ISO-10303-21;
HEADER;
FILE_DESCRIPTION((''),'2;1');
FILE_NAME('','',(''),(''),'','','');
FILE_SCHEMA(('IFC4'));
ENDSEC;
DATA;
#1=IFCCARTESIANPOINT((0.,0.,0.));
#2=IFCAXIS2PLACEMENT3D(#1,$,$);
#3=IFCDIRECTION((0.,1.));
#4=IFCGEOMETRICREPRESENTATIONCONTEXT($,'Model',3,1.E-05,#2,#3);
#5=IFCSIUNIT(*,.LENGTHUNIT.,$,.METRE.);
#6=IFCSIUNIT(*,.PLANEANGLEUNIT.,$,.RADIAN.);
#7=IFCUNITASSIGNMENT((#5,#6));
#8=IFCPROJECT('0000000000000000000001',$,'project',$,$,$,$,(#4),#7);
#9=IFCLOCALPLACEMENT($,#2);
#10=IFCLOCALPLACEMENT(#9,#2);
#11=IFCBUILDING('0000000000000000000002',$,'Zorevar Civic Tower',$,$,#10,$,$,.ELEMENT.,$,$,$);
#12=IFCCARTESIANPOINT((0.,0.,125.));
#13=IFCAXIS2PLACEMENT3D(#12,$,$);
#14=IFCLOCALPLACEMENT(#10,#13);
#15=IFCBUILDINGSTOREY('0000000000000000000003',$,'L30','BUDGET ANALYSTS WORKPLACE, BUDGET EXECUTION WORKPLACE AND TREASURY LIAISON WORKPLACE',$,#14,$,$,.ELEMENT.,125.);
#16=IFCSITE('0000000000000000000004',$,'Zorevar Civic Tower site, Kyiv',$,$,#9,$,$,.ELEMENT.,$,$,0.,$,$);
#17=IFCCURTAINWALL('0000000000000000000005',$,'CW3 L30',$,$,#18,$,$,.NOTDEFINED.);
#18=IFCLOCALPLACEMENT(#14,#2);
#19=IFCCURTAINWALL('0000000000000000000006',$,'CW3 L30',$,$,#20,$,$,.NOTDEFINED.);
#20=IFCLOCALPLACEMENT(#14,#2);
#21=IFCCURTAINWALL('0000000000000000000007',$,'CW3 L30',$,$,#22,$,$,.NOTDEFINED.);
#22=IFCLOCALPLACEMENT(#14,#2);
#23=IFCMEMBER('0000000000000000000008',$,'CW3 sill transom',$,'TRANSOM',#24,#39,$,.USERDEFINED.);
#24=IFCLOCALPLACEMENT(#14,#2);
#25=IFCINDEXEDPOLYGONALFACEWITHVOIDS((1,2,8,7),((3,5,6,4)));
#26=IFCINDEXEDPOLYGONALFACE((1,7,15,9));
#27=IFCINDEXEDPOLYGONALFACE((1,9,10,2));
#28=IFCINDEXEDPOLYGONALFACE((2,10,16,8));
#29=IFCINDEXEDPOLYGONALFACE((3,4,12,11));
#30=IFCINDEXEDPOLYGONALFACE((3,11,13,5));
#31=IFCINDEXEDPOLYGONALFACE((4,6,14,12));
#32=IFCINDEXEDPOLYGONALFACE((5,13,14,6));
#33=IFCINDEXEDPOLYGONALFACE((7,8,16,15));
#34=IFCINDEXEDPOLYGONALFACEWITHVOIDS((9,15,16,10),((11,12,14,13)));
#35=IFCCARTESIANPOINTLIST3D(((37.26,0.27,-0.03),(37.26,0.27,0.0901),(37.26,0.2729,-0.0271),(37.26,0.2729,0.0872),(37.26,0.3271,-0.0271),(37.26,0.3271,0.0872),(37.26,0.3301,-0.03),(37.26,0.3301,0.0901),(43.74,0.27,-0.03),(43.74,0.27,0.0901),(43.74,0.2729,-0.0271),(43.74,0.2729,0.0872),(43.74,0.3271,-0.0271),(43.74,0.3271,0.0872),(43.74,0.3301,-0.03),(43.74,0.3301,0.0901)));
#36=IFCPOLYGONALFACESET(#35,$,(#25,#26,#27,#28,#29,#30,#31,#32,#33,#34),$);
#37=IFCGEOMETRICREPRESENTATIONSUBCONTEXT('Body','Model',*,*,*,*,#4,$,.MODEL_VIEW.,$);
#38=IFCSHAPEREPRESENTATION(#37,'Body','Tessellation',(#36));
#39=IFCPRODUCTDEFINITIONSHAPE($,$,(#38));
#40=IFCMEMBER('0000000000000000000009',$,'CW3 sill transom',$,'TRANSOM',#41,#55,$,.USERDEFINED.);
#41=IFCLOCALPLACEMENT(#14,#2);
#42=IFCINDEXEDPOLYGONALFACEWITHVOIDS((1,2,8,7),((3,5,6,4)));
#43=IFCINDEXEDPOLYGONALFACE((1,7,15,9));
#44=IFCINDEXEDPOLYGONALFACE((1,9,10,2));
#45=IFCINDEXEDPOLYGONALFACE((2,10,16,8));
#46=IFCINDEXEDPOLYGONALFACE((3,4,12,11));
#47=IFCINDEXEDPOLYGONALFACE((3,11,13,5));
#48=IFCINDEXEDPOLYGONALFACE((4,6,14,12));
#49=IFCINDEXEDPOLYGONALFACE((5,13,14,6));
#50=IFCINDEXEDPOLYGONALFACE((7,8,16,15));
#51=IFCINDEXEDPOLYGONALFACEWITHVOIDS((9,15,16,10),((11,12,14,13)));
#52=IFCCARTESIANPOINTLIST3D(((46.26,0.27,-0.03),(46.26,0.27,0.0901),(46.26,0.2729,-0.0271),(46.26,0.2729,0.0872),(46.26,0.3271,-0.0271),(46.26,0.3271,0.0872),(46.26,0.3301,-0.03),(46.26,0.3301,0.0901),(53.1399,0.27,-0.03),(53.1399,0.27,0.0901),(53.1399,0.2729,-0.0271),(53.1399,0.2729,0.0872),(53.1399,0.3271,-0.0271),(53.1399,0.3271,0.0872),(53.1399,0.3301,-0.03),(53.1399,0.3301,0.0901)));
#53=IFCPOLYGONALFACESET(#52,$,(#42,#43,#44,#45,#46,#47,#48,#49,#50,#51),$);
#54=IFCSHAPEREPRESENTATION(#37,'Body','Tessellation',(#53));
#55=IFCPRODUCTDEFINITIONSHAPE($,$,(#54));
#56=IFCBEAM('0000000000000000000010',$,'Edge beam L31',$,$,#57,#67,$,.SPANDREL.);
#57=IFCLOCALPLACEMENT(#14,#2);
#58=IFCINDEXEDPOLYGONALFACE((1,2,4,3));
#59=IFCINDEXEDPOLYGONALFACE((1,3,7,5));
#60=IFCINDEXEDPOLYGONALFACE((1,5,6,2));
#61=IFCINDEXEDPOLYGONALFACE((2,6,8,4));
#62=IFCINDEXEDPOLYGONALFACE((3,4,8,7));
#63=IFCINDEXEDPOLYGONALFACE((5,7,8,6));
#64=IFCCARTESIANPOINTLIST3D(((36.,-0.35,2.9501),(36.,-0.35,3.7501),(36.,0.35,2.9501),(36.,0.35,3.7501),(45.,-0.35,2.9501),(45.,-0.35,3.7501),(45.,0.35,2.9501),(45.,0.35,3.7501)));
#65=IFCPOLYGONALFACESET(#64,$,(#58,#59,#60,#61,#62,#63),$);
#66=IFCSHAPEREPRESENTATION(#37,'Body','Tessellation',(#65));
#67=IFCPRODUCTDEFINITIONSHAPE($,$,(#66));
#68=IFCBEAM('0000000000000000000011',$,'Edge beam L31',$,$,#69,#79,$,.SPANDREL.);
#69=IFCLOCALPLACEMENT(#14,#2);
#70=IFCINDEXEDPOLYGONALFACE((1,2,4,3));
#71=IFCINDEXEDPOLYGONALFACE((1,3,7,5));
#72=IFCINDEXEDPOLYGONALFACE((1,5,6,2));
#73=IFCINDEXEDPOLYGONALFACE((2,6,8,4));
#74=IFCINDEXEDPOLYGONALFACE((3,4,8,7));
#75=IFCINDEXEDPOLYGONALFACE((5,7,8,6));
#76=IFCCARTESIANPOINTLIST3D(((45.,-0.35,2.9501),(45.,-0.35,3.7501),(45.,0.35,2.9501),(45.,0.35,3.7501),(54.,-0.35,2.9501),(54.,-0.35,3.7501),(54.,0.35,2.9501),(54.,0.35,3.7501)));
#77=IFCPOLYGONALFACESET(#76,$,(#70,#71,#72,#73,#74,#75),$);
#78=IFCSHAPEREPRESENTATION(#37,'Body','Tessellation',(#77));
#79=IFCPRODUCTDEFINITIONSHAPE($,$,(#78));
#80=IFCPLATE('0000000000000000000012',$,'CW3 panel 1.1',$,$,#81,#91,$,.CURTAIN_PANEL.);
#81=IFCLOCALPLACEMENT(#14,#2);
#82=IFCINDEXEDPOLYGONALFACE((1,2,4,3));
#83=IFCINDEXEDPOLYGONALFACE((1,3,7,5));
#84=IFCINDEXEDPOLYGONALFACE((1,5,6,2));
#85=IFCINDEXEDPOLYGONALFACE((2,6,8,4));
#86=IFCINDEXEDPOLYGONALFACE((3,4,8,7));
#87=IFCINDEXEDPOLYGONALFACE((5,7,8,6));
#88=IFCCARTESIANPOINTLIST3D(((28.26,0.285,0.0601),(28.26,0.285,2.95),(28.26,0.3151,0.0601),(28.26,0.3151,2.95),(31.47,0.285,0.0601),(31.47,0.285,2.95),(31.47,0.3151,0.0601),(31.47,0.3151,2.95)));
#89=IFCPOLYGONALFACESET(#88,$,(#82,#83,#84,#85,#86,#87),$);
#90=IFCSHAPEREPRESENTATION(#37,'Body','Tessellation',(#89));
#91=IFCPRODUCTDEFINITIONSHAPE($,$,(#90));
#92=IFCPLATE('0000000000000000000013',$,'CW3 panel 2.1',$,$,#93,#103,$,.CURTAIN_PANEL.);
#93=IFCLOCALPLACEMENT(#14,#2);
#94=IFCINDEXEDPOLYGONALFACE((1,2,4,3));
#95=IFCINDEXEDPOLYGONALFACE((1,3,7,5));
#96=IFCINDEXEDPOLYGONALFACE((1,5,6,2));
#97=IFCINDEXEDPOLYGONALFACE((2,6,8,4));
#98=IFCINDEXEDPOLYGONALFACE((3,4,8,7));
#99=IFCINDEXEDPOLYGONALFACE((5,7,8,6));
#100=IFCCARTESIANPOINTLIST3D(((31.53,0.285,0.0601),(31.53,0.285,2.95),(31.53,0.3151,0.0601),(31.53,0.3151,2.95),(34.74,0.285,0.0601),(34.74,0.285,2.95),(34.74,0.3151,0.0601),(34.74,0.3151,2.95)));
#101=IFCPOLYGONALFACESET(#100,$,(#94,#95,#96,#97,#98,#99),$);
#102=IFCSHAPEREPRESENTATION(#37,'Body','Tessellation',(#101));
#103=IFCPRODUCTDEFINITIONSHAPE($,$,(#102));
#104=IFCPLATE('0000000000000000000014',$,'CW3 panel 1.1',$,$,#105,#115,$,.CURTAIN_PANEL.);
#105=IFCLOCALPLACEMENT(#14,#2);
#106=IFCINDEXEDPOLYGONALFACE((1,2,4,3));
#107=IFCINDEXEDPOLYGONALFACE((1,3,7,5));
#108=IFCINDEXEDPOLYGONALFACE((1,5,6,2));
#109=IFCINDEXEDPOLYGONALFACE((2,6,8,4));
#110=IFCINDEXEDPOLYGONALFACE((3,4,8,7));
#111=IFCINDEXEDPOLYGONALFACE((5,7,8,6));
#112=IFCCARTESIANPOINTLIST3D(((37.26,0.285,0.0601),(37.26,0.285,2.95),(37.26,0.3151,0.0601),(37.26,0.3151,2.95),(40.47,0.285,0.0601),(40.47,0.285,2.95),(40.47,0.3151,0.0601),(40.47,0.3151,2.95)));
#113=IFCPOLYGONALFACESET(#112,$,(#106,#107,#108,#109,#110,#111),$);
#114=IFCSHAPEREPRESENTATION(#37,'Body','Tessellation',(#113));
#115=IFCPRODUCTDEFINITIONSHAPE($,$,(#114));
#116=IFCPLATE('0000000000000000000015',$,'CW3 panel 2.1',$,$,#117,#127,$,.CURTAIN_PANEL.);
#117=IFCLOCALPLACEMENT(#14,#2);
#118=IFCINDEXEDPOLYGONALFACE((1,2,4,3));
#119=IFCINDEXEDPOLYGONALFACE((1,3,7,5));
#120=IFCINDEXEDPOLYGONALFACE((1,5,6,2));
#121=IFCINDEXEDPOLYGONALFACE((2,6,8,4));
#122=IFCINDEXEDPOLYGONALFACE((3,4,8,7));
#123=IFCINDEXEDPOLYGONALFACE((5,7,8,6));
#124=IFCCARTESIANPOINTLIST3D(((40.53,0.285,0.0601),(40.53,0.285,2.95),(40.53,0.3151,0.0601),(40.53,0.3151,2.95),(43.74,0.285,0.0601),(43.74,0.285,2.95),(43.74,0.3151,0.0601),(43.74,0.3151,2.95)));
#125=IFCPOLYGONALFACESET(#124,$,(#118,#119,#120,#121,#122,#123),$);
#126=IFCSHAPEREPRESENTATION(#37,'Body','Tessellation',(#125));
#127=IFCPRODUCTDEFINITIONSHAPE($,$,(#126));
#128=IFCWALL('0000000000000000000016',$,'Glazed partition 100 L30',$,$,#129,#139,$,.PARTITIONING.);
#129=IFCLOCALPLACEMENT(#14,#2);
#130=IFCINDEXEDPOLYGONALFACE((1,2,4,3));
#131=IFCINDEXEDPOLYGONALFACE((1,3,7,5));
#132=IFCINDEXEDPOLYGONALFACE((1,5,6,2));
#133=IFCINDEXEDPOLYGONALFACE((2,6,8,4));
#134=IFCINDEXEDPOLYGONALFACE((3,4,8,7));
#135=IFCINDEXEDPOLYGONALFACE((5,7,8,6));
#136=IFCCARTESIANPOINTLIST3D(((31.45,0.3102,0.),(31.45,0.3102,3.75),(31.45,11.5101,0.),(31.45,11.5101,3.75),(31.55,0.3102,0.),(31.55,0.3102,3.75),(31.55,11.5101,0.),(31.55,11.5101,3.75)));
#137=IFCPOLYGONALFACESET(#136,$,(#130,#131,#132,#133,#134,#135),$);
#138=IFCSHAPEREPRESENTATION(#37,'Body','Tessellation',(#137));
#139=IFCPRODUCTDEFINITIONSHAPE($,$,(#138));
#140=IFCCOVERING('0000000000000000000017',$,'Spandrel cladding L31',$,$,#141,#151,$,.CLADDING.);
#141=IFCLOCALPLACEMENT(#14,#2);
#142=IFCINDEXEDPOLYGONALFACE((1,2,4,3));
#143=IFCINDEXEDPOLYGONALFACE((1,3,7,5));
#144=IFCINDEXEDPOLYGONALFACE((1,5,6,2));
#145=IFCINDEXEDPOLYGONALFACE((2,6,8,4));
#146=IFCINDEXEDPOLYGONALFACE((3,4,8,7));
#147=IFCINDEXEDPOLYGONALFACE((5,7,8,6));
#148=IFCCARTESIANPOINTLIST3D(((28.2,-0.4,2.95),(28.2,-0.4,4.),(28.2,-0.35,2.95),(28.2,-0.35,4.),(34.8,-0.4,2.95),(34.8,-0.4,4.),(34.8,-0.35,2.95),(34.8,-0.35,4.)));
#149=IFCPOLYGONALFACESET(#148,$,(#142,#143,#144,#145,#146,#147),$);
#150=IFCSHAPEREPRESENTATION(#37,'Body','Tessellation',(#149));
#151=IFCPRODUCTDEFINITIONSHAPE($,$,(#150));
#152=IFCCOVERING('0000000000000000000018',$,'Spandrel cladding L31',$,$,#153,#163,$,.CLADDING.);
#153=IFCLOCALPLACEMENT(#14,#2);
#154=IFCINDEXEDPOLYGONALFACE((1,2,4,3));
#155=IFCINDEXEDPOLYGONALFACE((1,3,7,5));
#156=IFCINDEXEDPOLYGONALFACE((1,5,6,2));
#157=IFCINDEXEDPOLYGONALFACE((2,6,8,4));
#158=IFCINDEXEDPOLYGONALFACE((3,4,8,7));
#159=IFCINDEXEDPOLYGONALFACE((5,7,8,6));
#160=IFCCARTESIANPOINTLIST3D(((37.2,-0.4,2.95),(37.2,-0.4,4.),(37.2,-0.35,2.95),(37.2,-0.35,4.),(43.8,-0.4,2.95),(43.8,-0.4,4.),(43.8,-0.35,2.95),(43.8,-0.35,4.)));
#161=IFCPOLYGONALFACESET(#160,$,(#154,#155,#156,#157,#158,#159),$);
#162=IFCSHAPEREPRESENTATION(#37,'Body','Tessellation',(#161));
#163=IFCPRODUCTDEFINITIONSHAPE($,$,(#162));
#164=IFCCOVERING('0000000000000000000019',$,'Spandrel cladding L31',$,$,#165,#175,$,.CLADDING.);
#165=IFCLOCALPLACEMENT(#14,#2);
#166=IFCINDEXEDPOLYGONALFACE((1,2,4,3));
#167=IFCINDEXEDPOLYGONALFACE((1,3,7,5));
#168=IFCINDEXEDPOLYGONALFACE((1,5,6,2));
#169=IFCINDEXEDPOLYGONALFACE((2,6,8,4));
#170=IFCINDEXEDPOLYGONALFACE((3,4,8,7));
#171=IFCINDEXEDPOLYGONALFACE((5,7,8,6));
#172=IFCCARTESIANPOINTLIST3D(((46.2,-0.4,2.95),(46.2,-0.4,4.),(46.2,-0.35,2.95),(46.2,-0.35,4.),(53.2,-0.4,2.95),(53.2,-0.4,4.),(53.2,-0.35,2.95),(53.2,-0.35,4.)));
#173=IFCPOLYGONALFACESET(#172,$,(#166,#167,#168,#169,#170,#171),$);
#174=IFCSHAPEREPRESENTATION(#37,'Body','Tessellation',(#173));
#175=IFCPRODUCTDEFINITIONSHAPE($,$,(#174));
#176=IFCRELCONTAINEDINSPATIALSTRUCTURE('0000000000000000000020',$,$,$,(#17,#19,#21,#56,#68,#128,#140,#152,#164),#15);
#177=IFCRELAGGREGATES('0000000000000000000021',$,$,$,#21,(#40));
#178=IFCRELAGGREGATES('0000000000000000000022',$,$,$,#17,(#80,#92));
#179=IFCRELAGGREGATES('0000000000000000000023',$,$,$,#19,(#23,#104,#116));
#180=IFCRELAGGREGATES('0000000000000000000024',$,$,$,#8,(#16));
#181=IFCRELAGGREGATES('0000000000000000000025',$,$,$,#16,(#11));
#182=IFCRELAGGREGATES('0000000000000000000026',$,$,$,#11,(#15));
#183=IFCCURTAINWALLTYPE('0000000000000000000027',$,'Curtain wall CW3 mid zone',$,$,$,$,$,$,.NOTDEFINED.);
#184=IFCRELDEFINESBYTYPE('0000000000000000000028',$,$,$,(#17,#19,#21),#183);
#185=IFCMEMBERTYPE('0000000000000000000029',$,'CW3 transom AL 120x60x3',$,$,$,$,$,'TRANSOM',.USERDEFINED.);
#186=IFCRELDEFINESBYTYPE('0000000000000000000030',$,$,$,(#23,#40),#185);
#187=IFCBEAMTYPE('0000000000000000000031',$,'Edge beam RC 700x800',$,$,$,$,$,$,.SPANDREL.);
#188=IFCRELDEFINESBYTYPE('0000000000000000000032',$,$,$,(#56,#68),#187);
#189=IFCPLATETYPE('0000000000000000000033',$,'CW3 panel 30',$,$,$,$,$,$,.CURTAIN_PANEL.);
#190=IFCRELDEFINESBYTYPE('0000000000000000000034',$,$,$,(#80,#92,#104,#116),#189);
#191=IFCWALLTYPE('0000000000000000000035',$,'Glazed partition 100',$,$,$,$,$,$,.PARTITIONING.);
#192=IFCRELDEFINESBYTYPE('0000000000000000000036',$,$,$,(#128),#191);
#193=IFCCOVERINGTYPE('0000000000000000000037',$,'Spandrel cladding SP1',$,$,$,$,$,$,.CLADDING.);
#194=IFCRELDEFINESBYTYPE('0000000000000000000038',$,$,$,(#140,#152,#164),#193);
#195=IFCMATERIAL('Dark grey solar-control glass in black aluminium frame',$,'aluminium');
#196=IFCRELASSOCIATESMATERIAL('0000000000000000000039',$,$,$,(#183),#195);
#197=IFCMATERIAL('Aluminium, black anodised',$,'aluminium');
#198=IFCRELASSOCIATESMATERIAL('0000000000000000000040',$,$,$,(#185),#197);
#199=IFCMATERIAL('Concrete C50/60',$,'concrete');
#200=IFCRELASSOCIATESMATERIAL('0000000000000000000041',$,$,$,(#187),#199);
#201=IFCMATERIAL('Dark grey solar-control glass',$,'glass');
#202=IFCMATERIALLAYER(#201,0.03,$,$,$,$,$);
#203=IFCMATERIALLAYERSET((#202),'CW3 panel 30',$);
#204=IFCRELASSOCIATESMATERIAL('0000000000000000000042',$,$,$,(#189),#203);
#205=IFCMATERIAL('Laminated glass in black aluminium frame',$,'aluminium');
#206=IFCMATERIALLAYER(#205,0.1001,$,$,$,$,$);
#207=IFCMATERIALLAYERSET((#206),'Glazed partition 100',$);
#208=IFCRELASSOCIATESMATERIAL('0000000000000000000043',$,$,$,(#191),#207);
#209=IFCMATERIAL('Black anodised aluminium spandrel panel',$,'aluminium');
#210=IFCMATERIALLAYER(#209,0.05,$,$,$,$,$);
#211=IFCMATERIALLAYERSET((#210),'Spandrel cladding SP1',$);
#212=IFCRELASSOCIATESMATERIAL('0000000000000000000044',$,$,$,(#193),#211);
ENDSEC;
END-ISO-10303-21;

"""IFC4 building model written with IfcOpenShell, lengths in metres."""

from ifc_helpers import new_model, si_unit, direction, frame, frame_2d, origin, origin_2d, place, context, subcontext, project, spatial, rectangle, hollow_rectangle, extrude, material, layer, layer_set, material_profile, profile_set, type_object, element, aggregate, save


model = new_model("IFC4")

# Units and contexts
model_context = context("Model", 3, precision=1e-05, world=origin(), true_north=direction((0.0, 1.0)))
body_context = subcontext(model_context, "Body", "Model", "MODEL_VIEW")
ifc_project = project(units=[si_unit("LENGTHUNIT", "METRE"), si_unit("PLANEANGLEUNIT", "RADIAN")], contexts=[model_context])

# Site, building, storey
site_placement = place(None, origin())
site = spatial("IfcSite", under=ifc_project, at=site_placement, Name="Zorevar Civic Tower site, Kyiv", CompositionType="ELEMENT", RefElevation=0.0)
building_placement = place(site_placement, origin())
building = spatial("IfcBuilding", under=site, at=building_placement, Name="Zorevar Civic Tower", CompositionType="ELEMENT")
storey_placement = place(building_placement, frame((0.0, 0.0, 125.0)))
storey = spatial("IfcBuildingStorey", under=building, at=storey_placement, Name="L30", Description="BUDGET ANALYSTS WORKPLACE, BUDGET EXECUTION WORKPLACE AND TREASURY LIAISON WORKPLACE", CompositionType="ELEMENT", Elevation=125.0)

# Curtain walls
ifc_material_1 = material(Name="Dark grey solar-control glass in black aluminium frame", Category="aluminium")
curtain_wall_type = type_object("IfcCurtainWallType", Name="Curtain wall CW3 mid zone", PredefinedType="NOTDEFINED", material=ifc_material_1)
curtain_wall_1_placement = place(storey_placement, origin())
curtain_wall_1 = element("IfcCurtainWall", 1, at=curtain_wall_1_placement, inside=storey, type_object=curtain_wall_type, Name="CW3 L30", PredefinedType="NOTDEFINED")
curtain_wall_2_placement = place(storey_placement, origin())
curtain_wall_2 = element("IfcCurtainWall", 2, at=curtain_wall_2_placement, inside=storey, type_object=curtain_wall_type, Name="CW3 L30", PredefinedType="NOTDEFINED")

# Curtain wall
curtain_wall_3_placement = place(storey_placement, origin())
curtain_wall_3 = element("IfcCurtainWall", 3, at=curtain_wall_3_placement, inside=storey, type_object=curtain_wall_type, Name="CW3 L30", PredefinedType="NOTDEFINED")

# Members
ifc_material_2 = material(Name="Aluminium, black anodised", Category="aluminium")
ifc_material_profile_1 = material_profile(ifc_material_2, hollow_rectangle(XDim=0.0601, YDim=0.1201, WallThickness=0.0029, at=origin_2d()), Name="AL 120x60x3")
ifc_profile_set_1 = profile_set([ifc_material_profile_1], Name="Aluminium, black anodised")
member_type_1 = type_object("IfcMemberType", Name="CW3 transom AL 120x60x3", ElementType="TRANSOM", PredefinedType="USERDEFINED", material=ifc_profile_set_1)
member_1_placement = place(storey_placement, frame((37.26, 0.3, 0.03), z_axis=(1.0, 0.0, 0.0), x_axis=(0.0, 1.0, 0.0)))
member_1 = element("IfcMember", 4, at=member_1_placement, type_object=member_type_1, Name="CW3 sill transom", ObjectType="TRANSOM", PredefinedType="USERDEFINED", context=body_context, shape_type="SweptSolid", body=[
    extrude(hollow_rectangle(XDim=0.0601, YDim=0.1201, WallThickness=0.0029, at=origin_2d()), origin(), (0.0, 0.0, 1.0), 6.48),
])
member_2_placement = place(storey_placement, frame((46.26, 0.3, 0.03), z_axis=(1.0, 0.0, 0.0), x_axis=(0.0, 1.0, 0.0)))
member_2 = element("IfcMember", 5, at=member_2_placement, type_object=member_type_1, Name="CW3 sill transom", ObjectType="TRANSOM", PredefinedType="USERDEFINED", context=body_context, shape_type="SweptSolid", body=[
    extrude(hollow_rectangle(XDim=0.0601, YDim=0.1201, WallThickness=0.0029, at=origin_2d()), origin(), (0.0, 0.0, 1.0), 6.8799),
])
aggregate(curtain_wall_3, [member_2])

# Beams
ifc_material_3 = material(Name="Concrete C50/60", Category="concrete")
ifc_material_profile_2 = material_profile(ifc_material_3, rectangle(XDim=0.7, YDim=0.8, at=origin_2d()), Name="RC 700x800")
ifc_profile_set_2 = profile_set([ifc_material_profile_2], Name="Concrete C50/60")
beam_type_1 = type_object("IfcBeamType", Name="Edge beam RC 700x800", PredefinedType="SPANDREL", material=ifc_profile_set_2)
for number, where, z_axis, x_axis, name in (
    (6, (36.0, 0.0, 3.3501), (1.0, 0.0, 0.0), (0.0, 1.0, 0.0), "Edge beam L31"),
    (7, (45.0, 0.0, 3.3501), (1.0, 0.0, 0.0), (0.0, 1.0, 0.0), "Edge beam L31"),
):
    element("IfcBeam", number, at=place(storey_placement, frame(where, z_axis=z_axis, x_axis=x_axis)), inside=storey, type_object=beam_type_1, Name=name, PredefinedType="SPANDREL", context=body_context, shape_type="SweptSolid", body=[
        extrude(rectangle(XDim=0.7, YDim=0.8, at=origin_2d()), origin(), (0.0, 0.0, 1.0), 9.0),
    ])

# Plates
ifc_material_4 = material(Name="Dark grey solar-control glass", Category="glass")
ifc_layer_1 = layer(ifc_material_4, 0.03)
ifc_layer_set_1 = layer_set([ifc_layer_1], Name="CW3 panel 30")
plate_type = type_object("IfcPlateType", Name="CW3 panel 30", PredefinedType="CURTAIN_PANEL", material=ifc_layer_set_1)
plate_1_placement = place(storey_placement, frame((29.865, 0.3, 0.0601), z_axis=(0.0, 0.0, 1.0), x_axis=(1.0, 0.0, 0.0)))
plate_1 = element("IfcPlate", 8, at=plate_1_placement, type_object=plate_type, Name="CW3 panel 1.1", PredefinedType="CURTAIN_PANEL", context=body_context, shape_type="SweptSolid", body=[
    extrude(rectangle(XDim=3.21, YDim=0.03, at=origin_2d()), origin(), (0.0, 0.0, 1.0), 2.8899),
])
plate_2_placement = place(storey_placement, frame((33.135, 0.3, 0.0601), z_axis=(0.0, 0.0, 1.0), x_axis=(1.0, 0.0, 0.0)))
plate_2 = element("IfcPlate", 9, at=plate_2_placement, type_object=plate_type, Name="CW3 panel 2.1", PredefinedType="CURTAIN_PANEL", context=body_context, shape_type="SweptSolid", body=[
    extrude(rectangle(XDim=3.21, YDim=0.03, at=origin_2d()), origin(), (0.0, 0.0, 1.0), 2.8899),
])
aggregate(curtain_wall_1, [plate_1, plate_2])
plate_3_placement = place(storey_placement, frame((38.865, 0.3, 0.0601), z_axis=(0.0, 0.0, 1.0), x_axis=(1.0, 0.0, 0.0)))
plate_3 = element("IfcPlate", 10, at=plate_3_placement, type_object=plate_type, Name="CW3 panel 1.1", PredefinedType="CURTAIN_PANEL", context=body_context, shape_type="SweptSolid", body=[
    extrude(rectangle(XDim=3.21, YDim=0.03, at=origin_2d()), origin(), (0.0, 0.0, 1.0), 2.8899),
])
plate_4_placement = place(storey_placement, frame((42.135, 0.3, 0.0601), z_axis=(0.0, 0.0, 1.0), x_axis=(1.0, 0.0, 0.0)))
plate_4 = element("IfcPlate", 11, at=plate_4_placement, type_object=plate_type, Name="CW3 panel 2.1", PredefinedType="CURTAIN_PANEL", context=body_context, shape_type="SweptSolid", body=[
    extrude(rectangle(XDim=3.21, YDim=0.03, at=origin_2d()), origin(), (0.0, 0.0, 1.0), 2.8899),
])
aggregate(curtain_wall_2, [member_1, plate_3, plate_4])

# Wall
ifc_material_5 = material(Name="Laminated glass in black aluminium frame", Category="aluminium")
ifc_layer_2 = layer(ifc_material_5, 0.1001)
ifc_layer_set_2 = layer_set([ifc_layer_2], Name="Glazed partition 100")
wall_type = type_object("IfcWallType", Name="Glazed partition 100", PredefinedType="PARTITIONING", material=ifc_layer_set_2)
wall_placement = place(storey_placement, frame((31.5, 0.3101, 0.0), z_axis=(0.0, 0.0, 1.0), x_axis=(0.0, 1.0, 0.0)))
element("IfcWall", 12, at=wall_placement, inside=storey, type_object=wall_type, Name="Glazed partition 100 L30", PredefinedType="PARTITIONING", context=body_context, shape_type="SweptSolid", body=[
    extrude(rectangle(XDim=11.2, YDim=0.1001, at=frame_2d((5.6001, 0.0))), origin(), (0.0, 0.0, 1.0), 3.75),
])

# Coverings
ifc_material_6 = material(Name="Black anodised aluminium spandrel panel", Category="aluminium")
ifc_layer_3 = layer(ifc_material_6, 0.05)
ifc_layer_set_3 = layer_set([ifc_layer_3], Name="Spandrel cladding SP1")
covering_type = type_object("IfcCoveringType", Name="Spandrel cladding SP1", PredefinedType="CLADDING", material=ifc_layer_set_3)
for number, where, z_axis, x_axis, name in (
    (13, (28.2, -0.375, 2.95), (0.0, 0.0, 1.0), (1.0, 0.0, 0.0), "Spandrel cladding L31"),
    (14, (37.2, -0.375, 2.95), (0.0, 0.0, 1.0), (1.0, 0.0, 0.0), "Spandrel cladding L31"),
):
    element("IfcCovering", number, at=place(storey_placement, frame(where, z_axis=z_axis, x_axis=x_axis)), inside=storey, type_object=covering_type, Name=name, PredefinedType="CLADDING", context=body_context, shape_type="SweptSolid", body=[
        extrude(rectangle(XDim=6.6001, YDim=0.05, at=frame_2d((3.3, 0.0))), origin(), (0.0, 0.0, 1.0), 1.05),
    ])
covering_placement = place(storey_placement, frame((46.2, -0.375, 2.95), z_axis=(0.0, 0.0, 1.0), x_axis=(1.0, 0.0, 0.0)))
element("IfcCovering", 15, at=covering_placement, inside=storey, type_object=covering_type, Name="Spandrel cladding L31", PredefinedType="CLADDING", context=body_context, shape_type="SweptSolid", body=[
    extrude(rectangle(XDim=7.0, YDim=0.05, at=frame_2d((3.5, 0.0))), origin(), (0.0, 0.0, 1.0), 1.05),
])

save(model, "model.ifc")
